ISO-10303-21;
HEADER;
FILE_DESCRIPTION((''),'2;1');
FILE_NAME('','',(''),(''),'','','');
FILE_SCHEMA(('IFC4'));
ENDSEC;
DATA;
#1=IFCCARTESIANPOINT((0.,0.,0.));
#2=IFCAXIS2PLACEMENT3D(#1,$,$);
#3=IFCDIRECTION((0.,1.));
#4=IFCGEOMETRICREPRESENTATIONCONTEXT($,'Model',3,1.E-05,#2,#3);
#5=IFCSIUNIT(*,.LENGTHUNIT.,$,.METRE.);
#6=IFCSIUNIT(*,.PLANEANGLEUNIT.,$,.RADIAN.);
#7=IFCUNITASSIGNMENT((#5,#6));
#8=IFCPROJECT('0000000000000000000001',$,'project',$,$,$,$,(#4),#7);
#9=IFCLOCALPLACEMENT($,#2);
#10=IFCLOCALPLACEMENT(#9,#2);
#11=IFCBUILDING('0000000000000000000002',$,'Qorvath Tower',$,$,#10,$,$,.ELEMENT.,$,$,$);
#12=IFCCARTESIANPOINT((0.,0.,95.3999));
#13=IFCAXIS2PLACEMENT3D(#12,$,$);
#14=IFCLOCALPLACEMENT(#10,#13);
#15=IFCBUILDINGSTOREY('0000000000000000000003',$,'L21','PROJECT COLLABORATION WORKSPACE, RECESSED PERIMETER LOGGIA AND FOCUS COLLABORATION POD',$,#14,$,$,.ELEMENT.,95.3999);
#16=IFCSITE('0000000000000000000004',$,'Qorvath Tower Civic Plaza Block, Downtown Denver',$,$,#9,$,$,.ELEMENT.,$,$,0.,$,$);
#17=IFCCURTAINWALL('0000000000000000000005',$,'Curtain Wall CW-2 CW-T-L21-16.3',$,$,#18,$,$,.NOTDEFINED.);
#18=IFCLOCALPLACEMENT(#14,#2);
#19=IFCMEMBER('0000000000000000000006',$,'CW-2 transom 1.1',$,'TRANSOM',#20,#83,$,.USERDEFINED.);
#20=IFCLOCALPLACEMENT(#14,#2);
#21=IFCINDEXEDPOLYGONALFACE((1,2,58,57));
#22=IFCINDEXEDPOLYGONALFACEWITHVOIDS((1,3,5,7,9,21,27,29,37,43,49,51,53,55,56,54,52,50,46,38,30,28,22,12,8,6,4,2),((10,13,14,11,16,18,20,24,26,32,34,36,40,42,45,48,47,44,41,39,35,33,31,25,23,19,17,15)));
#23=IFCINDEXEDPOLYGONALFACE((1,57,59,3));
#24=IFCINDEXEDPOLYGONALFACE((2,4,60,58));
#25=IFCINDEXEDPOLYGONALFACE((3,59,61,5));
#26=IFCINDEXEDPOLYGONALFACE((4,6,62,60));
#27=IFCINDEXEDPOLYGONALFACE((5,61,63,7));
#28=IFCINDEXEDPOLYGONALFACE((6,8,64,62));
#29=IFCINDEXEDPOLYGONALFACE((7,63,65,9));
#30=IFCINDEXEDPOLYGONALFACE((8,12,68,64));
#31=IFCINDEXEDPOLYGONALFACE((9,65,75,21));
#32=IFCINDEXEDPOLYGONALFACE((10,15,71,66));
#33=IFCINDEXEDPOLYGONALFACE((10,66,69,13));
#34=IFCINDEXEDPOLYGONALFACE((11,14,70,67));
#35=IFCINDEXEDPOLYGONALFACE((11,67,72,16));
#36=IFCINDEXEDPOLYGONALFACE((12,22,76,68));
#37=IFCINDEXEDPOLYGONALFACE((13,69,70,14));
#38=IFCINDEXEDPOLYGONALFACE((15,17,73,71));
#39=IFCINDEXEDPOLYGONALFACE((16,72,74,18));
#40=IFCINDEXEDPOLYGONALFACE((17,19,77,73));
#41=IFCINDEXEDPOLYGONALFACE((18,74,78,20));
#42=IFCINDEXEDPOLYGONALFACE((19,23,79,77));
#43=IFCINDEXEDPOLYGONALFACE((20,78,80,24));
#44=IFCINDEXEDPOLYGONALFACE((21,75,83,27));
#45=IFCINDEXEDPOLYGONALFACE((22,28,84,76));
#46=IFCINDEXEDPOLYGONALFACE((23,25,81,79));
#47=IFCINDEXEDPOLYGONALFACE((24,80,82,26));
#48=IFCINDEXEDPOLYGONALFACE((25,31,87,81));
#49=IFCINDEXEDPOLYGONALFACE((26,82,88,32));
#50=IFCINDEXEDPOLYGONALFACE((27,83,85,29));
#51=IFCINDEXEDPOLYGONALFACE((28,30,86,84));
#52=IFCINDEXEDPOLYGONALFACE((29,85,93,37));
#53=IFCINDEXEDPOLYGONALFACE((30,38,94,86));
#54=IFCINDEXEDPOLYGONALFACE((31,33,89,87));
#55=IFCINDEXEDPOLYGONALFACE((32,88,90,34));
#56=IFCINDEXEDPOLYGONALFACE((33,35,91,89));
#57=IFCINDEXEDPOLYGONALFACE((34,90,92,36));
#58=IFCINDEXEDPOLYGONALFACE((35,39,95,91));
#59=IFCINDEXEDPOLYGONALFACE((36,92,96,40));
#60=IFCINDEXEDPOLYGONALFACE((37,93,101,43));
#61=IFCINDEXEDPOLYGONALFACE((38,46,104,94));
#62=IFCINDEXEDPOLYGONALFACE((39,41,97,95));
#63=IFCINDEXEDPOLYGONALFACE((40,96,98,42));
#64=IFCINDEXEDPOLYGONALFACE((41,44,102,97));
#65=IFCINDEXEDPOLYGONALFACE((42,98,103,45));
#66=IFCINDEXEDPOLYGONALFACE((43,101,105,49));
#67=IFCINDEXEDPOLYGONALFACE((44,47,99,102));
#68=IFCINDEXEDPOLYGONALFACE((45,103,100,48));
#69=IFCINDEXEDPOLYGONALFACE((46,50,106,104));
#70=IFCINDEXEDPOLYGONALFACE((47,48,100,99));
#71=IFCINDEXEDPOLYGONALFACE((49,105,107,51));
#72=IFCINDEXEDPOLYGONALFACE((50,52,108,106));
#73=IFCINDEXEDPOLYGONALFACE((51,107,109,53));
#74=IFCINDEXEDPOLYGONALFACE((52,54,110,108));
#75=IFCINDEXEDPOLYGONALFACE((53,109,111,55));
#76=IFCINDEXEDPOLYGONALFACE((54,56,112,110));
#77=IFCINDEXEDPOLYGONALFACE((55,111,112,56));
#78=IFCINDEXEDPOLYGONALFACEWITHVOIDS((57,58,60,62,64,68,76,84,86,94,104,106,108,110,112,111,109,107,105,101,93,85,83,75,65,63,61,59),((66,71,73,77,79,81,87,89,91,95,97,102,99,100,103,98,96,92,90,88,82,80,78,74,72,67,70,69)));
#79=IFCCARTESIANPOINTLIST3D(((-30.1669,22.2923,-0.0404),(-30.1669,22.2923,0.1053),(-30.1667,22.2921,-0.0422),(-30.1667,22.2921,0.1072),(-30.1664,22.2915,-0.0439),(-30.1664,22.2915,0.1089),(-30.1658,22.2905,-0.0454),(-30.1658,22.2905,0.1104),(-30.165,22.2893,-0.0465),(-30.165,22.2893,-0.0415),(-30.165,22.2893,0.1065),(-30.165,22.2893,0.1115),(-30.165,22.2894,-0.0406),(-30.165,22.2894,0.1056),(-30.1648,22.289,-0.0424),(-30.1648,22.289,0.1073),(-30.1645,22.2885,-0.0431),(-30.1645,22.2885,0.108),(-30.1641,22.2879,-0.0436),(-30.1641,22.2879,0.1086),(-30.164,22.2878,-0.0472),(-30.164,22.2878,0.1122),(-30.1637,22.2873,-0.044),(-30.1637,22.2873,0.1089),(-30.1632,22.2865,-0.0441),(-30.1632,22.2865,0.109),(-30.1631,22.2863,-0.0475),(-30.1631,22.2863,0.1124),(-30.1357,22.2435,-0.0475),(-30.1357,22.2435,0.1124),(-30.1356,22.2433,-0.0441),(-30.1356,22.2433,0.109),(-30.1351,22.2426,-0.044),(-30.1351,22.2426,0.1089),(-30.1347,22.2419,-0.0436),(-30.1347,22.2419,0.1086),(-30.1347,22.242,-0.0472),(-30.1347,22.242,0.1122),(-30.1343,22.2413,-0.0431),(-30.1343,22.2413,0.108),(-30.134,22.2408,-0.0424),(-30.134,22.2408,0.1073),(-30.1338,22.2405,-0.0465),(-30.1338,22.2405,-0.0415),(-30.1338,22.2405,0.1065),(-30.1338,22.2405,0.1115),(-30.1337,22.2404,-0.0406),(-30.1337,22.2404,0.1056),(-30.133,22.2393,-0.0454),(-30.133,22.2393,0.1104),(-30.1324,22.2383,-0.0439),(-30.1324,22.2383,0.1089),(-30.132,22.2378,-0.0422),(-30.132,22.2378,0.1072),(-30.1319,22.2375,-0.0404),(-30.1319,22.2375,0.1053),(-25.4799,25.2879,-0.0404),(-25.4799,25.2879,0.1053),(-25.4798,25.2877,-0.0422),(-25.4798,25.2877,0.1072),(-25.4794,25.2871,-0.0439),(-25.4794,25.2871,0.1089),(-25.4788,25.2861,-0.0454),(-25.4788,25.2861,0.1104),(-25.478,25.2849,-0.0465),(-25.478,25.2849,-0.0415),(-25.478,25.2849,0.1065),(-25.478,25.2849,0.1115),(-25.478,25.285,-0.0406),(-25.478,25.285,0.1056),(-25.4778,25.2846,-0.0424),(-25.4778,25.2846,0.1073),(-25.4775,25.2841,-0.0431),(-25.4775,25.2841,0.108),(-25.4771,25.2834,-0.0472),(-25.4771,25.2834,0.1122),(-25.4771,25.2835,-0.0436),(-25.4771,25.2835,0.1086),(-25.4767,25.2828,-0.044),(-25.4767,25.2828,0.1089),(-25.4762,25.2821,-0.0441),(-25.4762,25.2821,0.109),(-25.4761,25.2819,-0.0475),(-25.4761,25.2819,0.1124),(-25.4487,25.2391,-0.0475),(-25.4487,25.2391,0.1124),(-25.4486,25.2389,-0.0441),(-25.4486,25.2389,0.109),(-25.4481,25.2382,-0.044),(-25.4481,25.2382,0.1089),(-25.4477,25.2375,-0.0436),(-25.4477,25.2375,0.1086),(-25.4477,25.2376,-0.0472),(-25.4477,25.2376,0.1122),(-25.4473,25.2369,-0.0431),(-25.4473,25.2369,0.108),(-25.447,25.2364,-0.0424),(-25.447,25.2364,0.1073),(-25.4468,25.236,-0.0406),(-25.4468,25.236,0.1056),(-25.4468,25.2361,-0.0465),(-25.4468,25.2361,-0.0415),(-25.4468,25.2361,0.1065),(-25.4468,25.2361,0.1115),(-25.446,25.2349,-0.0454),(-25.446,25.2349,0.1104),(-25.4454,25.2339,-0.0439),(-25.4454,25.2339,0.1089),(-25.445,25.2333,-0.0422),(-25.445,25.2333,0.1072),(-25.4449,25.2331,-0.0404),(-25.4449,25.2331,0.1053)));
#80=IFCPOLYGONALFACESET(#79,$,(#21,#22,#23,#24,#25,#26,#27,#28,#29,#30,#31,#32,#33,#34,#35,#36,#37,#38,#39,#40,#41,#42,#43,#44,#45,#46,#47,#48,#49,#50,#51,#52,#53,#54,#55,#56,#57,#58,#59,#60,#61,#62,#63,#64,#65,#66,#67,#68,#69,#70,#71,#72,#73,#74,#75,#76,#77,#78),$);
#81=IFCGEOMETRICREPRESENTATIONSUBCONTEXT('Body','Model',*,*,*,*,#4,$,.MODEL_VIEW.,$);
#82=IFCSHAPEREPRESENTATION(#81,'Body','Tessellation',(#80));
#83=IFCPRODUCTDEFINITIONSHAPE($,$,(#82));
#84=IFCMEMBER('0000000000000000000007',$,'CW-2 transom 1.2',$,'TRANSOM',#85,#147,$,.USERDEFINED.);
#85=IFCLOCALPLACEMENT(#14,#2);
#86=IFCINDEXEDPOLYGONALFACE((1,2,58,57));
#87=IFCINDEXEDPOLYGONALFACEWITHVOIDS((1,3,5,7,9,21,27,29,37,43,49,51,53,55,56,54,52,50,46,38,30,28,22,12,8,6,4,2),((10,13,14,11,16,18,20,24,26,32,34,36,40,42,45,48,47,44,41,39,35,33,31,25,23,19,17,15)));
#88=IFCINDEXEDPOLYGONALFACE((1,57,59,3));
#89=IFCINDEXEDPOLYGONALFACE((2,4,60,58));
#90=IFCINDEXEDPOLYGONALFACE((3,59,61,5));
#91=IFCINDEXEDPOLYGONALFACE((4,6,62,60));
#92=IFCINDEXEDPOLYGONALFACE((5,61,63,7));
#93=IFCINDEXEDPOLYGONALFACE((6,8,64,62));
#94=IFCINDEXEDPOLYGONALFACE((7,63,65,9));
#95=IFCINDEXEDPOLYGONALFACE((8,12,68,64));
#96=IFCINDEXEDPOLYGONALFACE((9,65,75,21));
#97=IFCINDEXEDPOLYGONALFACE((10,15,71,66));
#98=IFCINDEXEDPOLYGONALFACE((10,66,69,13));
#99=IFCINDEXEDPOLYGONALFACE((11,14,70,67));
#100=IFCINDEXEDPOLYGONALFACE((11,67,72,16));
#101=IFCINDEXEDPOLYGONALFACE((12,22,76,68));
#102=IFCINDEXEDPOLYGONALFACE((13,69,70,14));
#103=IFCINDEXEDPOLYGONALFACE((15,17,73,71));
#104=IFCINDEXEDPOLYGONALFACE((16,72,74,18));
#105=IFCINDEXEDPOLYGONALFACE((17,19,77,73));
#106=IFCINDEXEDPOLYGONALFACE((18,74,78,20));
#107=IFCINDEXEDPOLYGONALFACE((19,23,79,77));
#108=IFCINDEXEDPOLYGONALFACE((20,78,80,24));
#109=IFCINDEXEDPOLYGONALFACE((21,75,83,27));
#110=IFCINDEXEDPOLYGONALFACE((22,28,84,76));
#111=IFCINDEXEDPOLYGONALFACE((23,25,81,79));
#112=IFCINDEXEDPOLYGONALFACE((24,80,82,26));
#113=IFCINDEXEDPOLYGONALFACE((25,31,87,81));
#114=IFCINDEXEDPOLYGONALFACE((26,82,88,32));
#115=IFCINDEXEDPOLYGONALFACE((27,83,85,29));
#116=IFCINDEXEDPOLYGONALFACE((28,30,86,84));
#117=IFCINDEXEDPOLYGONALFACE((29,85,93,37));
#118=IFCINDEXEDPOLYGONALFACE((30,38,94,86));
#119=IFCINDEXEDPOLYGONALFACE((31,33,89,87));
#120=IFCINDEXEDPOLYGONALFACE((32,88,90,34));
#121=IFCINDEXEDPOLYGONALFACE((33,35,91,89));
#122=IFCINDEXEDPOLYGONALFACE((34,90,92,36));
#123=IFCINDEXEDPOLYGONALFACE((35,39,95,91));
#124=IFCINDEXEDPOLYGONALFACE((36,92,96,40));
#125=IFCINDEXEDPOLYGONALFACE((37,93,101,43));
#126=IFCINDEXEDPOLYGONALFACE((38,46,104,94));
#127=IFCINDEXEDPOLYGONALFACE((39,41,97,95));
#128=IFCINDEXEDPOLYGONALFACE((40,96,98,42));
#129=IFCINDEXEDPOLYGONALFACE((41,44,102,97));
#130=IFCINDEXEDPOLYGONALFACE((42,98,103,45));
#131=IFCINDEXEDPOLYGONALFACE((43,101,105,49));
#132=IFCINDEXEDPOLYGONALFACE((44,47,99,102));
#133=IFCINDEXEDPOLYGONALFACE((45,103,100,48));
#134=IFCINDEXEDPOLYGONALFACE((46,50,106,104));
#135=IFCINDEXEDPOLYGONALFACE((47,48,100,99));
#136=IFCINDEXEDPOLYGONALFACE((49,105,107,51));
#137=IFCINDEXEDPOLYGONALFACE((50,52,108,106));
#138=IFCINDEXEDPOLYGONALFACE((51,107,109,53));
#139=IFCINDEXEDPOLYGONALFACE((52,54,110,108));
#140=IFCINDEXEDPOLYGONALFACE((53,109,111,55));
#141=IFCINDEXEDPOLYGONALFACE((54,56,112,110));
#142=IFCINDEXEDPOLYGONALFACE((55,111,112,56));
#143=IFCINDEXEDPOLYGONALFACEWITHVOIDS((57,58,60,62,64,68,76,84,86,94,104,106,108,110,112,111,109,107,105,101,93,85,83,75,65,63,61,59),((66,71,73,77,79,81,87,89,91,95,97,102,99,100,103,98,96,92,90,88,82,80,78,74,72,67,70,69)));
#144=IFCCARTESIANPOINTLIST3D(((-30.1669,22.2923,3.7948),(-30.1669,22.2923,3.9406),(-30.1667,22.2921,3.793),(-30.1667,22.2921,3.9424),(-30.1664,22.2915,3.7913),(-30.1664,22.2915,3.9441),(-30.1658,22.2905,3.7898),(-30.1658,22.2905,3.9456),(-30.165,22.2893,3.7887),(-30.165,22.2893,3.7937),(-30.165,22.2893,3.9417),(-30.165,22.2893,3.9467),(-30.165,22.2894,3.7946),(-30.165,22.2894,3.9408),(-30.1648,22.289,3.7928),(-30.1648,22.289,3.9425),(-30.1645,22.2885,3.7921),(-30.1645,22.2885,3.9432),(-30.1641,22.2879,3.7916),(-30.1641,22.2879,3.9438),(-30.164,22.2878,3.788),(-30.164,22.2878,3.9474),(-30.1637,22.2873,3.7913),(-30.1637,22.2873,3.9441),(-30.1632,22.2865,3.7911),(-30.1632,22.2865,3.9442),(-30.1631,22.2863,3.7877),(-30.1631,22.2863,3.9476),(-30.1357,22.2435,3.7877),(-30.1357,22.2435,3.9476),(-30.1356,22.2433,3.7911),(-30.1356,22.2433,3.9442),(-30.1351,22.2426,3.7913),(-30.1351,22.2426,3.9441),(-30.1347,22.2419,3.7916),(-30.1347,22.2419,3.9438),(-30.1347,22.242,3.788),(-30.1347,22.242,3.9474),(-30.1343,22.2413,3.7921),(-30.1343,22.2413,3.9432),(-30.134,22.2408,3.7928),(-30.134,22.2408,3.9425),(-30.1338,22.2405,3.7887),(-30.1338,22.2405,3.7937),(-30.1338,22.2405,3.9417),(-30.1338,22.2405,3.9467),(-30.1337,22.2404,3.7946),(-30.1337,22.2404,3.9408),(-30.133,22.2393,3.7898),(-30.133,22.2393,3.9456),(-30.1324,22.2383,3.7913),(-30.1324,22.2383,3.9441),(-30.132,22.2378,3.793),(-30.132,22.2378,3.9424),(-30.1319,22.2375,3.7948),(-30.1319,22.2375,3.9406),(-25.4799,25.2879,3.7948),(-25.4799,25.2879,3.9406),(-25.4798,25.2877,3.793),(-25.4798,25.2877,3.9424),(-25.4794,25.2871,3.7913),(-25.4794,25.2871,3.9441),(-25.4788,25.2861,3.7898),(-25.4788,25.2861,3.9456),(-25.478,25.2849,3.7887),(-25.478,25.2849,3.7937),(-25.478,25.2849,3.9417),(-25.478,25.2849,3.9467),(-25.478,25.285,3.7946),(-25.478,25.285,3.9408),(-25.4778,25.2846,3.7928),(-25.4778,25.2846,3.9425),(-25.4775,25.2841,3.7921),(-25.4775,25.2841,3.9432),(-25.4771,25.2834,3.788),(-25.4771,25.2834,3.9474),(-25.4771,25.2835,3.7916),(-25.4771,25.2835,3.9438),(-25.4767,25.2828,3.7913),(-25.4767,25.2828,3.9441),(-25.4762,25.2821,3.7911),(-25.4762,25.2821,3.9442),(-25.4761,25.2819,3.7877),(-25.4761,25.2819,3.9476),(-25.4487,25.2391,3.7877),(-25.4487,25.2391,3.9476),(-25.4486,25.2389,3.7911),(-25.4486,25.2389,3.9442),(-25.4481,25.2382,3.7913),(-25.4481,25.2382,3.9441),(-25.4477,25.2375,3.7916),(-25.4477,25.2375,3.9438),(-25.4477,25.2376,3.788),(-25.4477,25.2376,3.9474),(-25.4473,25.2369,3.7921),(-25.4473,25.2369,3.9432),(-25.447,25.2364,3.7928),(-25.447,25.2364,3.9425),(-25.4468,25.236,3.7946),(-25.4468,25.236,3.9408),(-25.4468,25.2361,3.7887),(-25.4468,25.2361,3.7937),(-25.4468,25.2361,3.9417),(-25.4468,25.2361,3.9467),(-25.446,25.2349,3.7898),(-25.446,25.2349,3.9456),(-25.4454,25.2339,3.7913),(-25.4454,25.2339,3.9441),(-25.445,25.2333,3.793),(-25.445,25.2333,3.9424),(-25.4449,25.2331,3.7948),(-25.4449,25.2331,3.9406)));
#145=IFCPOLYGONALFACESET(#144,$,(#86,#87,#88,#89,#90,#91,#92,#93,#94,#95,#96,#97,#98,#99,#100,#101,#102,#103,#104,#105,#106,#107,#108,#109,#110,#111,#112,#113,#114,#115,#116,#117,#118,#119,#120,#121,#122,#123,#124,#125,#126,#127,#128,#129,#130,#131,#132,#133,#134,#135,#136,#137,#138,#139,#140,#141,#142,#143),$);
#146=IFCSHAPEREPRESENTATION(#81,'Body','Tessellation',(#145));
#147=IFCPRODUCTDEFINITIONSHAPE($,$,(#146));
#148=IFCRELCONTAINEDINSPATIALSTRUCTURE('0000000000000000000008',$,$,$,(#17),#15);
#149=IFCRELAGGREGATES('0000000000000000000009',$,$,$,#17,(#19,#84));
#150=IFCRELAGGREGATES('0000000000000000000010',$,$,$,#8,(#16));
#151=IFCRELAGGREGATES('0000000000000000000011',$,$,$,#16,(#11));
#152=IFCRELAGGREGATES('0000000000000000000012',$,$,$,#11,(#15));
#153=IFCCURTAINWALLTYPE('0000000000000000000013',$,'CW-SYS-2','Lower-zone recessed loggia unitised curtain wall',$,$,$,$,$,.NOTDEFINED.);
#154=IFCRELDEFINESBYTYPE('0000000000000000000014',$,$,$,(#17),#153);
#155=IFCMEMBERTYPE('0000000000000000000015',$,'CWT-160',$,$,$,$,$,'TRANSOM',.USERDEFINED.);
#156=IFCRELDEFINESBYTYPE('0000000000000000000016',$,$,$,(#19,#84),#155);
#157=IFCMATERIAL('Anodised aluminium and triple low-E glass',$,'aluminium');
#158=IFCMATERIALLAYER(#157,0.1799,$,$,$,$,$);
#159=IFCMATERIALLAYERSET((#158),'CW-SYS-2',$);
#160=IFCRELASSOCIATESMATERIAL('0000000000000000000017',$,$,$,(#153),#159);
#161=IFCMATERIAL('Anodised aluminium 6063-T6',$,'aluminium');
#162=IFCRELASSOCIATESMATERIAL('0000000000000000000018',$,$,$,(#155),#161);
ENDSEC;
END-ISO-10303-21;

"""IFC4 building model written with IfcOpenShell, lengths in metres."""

from ifc_helpers import new_model, si_unit, direction, frame, origin, origin_2d, place, context, subcontext, project, spatial, hollow_rectangle, extrude, material, layer, layer_set, material_profile, profile_set, type_object, element, aggregate, save


model = new_model("IFC4")

# Units and contexts
model_context = context("Model", 3, precision=1e-05, world=origin(), true_north=direction((0.0, 1.0)))
body_context = subcontext(model_context, "Body", "Model", "MODEL_VIEW")
ifc_project = project(units=[si_unit("LENGTHUNIT", "METRE"), si_unit("PLANEANGLEUNIT", "RADIAN")], contexts=[model_context])

# Site, building, storey
site_placement = place(None, origin())
site = spatial("IfcSite", under=ifc_project, at=site_placement, Name="Qorvath Tower Civic Plaza Block, Downtown Denver", CompositionType="ELEMENT", RefElevation=0.0)
building_placement = place(site_placement, origin())
building = spatial("IfcBuilding", under=site, at=building_placement, Name="Qorvath Tower", CompositionType="ELEMENT")
storey_placement = place(building_placement, frame((0.0, 0.0, 95.3999)))
storey = spatial("IfcBuildingStorey", under=building, at=storey_placement, Name="L21", Description="PROJECT COLLABORATION WORKSPACE, RECESSED PERIMETER LOGGIA AND FOCUS COLLABORATION POD", CompositionType="ELEMENT", Elevation=95.3999)

# Curtain wall
ifc_material_1 = material(Name="Anodised aluminium and triple low-E glass", Category="aluminium")
ifc_layer_1 = layer(ifc_material_1, 0.1799)
ifc_layer_set_1 = layer_set([ifc_layer_1], Name="CW-SYS-2")
curtain_wall_type = type_object("IfcCurtainWallType", Name="CW-SYS-2", Description="Lower-zone recessed loggia unitised curtain wall", PredefinedType="NOTDEFINED", material=ifc_layer_set_1)
curtain_wall_1_placement = place(storey_placement, origin())
curtain_wall_1 = element("IfcCurtainWall", 1, at=curtain_wall_1_placement, inside=storey, type_object=curtain_wall_type, Name="Curtain Wall CW-2 CW-T-L21-16.3", PredefinedType="NOTDEFINED")

# Members
ifc_material_2 = material(Name="Anodised aluminium 6063-T6", Category="aluminium")
ifc_material_profile_1 = material_profile(ifc_material_2, hollow_rectangle(XDim=0.0649, YDim=0.1599, WallThickness=0.0034, InnerFilletRadius=0.0034, OuterFilletRadius=0.0071, at=origin_2d()), Name="CWT 160x65")
ifc_profile_set_1 = profile_set([ifc_material_profile_1], Name="Anodised aluminium 6063-T6")
member_type_1 = type_object("IfcMemberType", Name="CWT-160", ElementType="TRANSOM", PredefinedType="USERDEFINED", material=ifc_profile_set_1)
member_1_placement = place(storey_placement, frame((-25.4624, 25.2605, 0.0325), z_axis=(-0.842604, -0.538533, 0.0), x_axis=(0.538533, -0.842604, 0.0)))
member_1 = element("IfcMember", 2, at=member_1_placement, type_object=member_type_1, Name="CW-2 transom 1.1", ObjectType="TRANSOM", PredefinedType="USERDEFINED", context=body_context, shape_type="SweptSolid", body=[
    extrude(hollow_rectangle(XDim=0.0649, YDim=0.1599, WallThickness=0.0034, InnerFilletRadius=0.0034, OuterFilletRadius=0.0071, at=origin_2d()), origin(), (0.0, 0.0, 1.0), 5.5625),
])
member_2_placement = place(storey_placement, frame((-25.4624, 25.2605, 3.8677), z_axis=(-0.842604, -0.538533, 0.0), x_axis=(0.538533, -0.842604, 0.0)))
member_2 = element("IfcMember", 3, at=member_2_placement, type_object=member_type_1, Name="CW-2 transom 1.2", ObjectType="TRANSOM", PredefinedType="USERDEFINED", context=body_context, shape_type="SweptSolid", body=[
    extrude(hollow_rectangle(XDim=0.0649, YDim=0.1599, WallThickness=0.0034, InnerFilletRadius=0.0034, OuterFilletRadius=0.0071, at=origin_2d()), origin(), (0.0, 0.0, 1.0), 5.5625),
])

aggregate(curtain_wall_1, [member_1, member_2])

save(model, "model.ifc")
